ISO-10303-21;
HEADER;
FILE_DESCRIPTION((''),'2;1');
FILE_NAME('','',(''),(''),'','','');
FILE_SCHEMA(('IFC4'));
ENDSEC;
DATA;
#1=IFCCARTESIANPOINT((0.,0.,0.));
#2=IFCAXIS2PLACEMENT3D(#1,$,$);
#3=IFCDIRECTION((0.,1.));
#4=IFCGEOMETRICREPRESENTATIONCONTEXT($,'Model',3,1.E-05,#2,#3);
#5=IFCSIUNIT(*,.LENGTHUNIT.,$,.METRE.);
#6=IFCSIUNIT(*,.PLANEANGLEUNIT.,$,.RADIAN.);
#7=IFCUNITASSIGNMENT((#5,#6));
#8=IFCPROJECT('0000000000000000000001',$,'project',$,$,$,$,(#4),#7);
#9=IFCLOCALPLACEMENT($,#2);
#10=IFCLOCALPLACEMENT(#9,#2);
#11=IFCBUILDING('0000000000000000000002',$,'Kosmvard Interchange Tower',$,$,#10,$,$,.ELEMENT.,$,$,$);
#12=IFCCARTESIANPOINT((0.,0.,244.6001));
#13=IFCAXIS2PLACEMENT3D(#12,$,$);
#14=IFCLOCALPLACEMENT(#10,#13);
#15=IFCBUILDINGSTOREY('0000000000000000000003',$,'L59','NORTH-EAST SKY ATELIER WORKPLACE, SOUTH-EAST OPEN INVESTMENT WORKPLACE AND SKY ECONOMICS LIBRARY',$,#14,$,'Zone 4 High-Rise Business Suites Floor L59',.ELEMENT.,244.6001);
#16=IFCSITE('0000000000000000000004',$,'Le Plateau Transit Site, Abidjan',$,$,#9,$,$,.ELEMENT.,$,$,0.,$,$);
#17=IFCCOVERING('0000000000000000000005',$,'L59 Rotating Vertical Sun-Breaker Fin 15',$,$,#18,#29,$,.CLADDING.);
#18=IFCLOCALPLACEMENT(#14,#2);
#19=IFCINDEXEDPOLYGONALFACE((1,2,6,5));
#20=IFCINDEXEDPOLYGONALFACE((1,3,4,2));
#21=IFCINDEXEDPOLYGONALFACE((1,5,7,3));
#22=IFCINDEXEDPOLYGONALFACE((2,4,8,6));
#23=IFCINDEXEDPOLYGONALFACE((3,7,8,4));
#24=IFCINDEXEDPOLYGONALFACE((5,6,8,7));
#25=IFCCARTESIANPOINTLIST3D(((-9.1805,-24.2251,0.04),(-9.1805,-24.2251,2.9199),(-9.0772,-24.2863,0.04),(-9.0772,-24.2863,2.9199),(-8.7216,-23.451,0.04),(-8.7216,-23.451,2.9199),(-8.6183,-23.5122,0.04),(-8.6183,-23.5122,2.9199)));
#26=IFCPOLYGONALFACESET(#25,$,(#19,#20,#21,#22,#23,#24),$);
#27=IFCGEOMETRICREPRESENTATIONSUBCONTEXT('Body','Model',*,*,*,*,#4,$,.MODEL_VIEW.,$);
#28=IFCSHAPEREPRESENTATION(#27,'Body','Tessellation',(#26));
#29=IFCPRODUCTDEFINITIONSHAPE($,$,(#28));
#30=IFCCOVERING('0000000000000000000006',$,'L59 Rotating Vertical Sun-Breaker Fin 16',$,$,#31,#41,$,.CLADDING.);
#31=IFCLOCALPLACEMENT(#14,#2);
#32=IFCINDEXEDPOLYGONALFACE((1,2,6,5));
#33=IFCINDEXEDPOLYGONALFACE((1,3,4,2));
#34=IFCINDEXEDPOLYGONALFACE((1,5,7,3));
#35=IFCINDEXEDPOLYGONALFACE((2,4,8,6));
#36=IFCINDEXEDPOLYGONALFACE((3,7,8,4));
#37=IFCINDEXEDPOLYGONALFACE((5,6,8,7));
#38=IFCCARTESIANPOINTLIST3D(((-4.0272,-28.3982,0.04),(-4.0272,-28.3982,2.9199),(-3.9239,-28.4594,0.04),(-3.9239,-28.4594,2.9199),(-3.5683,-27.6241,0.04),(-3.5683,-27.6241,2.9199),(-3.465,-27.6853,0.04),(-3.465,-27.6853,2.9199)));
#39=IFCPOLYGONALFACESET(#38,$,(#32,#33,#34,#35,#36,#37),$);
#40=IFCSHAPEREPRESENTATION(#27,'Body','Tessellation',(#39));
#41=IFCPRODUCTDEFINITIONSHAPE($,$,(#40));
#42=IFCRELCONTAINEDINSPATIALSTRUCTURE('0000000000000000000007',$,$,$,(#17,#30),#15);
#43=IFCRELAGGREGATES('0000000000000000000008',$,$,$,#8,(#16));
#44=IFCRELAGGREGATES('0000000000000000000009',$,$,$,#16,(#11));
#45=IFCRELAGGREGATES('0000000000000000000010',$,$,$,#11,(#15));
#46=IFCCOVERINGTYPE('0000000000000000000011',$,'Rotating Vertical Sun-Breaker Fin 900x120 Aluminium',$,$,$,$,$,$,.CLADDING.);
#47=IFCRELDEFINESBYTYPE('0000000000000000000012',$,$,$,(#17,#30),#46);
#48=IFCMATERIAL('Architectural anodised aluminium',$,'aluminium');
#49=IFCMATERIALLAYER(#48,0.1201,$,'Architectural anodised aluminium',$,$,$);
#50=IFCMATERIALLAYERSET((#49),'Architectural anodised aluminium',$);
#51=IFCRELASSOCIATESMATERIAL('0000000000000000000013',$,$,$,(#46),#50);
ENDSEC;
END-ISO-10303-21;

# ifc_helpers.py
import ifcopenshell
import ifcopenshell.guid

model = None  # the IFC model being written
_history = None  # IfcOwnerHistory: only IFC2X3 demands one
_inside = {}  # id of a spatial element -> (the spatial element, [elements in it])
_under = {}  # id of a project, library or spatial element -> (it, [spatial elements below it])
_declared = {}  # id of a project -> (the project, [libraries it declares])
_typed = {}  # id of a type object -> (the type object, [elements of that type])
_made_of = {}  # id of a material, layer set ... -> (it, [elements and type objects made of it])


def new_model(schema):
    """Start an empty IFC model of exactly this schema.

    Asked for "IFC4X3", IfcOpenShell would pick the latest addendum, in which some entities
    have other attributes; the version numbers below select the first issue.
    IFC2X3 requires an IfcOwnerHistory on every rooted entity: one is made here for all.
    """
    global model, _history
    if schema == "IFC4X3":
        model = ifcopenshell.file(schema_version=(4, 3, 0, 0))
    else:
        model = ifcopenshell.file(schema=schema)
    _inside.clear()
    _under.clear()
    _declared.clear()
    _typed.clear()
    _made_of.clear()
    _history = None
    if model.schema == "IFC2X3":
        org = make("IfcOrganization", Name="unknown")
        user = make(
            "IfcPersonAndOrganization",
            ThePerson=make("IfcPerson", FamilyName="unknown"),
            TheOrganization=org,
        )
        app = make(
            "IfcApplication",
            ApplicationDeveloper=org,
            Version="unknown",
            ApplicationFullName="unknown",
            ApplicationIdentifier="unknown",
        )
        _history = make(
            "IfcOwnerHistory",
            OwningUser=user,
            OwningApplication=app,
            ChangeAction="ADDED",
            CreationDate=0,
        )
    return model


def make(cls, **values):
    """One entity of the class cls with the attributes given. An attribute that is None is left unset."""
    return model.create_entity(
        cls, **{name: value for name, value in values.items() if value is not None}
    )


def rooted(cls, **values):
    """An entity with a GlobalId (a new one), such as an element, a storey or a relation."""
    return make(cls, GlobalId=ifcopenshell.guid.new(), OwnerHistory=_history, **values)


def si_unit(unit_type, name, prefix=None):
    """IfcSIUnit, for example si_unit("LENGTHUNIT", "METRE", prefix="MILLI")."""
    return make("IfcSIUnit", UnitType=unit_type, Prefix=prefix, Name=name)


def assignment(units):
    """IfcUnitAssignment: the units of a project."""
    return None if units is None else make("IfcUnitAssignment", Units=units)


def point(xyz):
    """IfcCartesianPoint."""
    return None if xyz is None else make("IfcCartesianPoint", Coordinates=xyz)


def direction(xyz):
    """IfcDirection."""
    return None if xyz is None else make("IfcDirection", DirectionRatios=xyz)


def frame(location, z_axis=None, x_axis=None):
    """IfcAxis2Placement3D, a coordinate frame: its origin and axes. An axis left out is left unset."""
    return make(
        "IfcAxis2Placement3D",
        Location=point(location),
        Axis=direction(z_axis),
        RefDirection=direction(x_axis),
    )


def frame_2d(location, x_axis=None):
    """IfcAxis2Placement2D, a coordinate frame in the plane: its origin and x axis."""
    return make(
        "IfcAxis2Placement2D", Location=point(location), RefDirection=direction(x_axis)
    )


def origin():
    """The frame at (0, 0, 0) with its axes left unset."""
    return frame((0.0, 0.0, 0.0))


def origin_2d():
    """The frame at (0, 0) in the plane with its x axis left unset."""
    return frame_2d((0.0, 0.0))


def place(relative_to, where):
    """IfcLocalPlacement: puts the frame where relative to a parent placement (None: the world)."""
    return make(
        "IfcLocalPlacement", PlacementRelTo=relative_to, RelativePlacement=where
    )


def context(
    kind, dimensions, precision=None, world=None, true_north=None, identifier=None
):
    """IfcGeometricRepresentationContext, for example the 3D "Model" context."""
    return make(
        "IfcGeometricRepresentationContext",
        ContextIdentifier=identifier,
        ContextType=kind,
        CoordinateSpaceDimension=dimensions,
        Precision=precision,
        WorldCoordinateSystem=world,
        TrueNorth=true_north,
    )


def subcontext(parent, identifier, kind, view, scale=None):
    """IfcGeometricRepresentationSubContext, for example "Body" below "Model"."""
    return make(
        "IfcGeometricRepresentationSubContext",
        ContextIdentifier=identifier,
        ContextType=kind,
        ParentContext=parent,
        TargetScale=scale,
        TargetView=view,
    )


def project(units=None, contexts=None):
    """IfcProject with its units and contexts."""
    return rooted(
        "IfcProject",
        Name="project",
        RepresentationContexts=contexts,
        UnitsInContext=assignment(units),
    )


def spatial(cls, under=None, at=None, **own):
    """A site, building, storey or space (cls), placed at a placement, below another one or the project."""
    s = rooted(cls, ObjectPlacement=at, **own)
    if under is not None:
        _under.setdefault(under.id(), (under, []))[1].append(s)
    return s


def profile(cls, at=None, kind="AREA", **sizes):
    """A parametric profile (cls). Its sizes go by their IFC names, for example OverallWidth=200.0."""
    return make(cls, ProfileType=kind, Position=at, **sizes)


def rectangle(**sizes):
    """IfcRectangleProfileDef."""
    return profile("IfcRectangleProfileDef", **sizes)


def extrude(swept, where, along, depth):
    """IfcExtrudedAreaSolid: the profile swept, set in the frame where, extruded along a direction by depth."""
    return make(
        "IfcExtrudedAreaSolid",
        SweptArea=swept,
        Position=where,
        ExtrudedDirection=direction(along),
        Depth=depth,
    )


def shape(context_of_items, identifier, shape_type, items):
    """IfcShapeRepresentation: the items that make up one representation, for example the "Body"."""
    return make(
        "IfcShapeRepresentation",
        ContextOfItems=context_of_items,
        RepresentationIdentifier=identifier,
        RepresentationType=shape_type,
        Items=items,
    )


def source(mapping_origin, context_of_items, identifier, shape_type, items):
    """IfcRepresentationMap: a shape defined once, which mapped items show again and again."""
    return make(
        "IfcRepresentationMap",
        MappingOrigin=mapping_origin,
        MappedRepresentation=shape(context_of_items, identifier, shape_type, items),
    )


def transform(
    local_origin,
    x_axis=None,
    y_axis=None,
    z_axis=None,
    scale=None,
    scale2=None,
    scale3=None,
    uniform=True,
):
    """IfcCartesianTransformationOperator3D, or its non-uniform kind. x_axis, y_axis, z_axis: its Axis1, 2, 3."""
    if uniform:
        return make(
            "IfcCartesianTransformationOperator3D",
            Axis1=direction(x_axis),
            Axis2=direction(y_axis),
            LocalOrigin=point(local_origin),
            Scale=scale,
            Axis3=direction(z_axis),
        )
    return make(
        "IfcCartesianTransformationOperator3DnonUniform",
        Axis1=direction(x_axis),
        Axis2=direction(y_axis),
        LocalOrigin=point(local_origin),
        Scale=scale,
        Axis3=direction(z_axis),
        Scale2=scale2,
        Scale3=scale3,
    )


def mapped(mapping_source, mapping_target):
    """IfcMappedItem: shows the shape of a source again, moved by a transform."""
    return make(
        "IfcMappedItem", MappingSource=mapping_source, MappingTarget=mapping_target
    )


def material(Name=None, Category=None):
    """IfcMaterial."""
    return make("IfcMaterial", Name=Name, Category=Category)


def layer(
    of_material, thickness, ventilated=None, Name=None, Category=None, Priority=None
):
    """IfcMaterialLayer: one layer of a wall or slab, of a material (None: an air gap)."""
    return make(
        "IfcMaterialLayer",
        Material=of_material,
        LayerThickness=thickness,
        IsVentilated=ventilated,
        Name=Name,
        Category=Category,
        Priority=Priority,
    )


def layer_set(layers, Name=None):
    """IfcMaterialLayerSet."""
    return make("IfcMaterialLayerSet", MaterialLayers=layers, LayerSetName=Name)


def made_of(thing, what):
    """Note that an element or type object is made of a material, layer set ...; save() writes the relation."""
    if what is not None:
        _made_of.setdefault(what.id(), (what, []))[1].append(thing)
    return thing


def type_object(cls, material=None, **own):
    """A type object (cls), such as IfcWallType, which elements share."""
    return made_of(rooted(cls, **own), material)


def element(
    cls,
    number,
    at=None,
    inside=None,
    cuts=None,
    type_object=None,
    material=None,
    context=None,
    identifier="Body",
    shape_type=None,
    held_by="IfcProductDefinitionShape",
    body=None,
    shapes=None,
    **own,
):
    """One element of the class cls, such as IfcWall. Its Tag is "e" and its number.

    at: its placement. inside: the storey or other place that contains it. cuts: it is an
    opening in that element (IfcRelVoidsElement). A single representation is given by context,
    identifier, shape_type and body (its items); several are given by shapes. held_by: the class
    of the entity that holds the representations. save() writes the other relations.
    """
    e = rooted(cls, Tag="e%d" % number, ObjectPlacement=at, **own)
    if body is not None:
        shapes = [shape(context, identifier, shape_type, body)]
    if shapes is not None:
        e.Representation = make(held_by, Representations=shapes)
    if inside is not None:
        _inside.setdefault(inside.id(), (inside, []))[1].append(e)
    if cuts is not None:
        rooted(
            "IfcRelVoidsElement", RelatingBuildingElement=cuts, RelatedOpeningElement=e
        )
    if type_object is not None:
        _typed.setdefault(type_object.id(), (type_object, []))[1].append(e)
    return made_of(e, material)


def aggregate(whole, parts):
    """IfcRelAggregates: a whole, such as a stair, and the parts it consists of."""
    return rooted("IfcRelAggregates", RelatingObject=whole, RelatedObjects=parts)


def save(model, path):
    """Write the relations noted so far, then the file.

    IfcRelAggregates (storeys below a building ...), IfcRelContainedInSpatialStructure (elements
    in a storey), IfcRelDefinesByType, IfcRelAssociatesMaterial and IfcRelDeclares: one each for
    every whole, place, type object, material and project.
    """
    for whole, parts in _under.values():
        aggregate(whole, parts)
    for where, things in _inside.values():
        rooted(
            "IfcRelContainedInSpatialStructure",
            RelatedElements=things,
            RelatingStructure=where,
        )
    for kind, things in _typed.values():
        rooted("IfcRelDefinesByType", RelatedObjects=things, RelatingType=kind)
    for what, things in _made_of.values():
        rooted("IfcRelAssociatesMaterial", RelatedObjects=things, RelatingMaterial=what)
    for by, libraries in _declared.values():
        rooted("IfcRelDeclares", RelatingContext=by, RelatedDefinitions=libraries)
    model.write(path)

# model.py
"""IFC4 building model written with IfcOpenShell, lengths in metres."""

from ifc_helpers import new_model, si_unit, direction, frame, origin, origin_2d, place, context, subcontext, project, spatial, rectangle, extrude, source, transform, mapped, material, layer, layer_set, type_object, element, save


model = new_model("IFC4")

# Units and contexts
model_context = context("Model", 3, precision=1e-05, world=origin(), true_north=direction((0.0, 1.0)))
body_context = subcontext(model_context, "Body", "Model", "MODEL_VIEW")
ifc_project = project(units=[si_unit("LENGTHUNIT", "METRE"), si_unit("PLANEANGLEUNIT", "RADIAN")], contexts=[model_context])

# Site, building, storey
site_placement = place(None, origin())
site = spatial("IfcSite", under=ifc_project, at=site_placement, Name="Le Plateau Transit Site, Abidjan", CompositionType="ELEMENT", RefElevation=0.0)
building_placement = place(site_placement, origin())
building = spatial("IfcBuilding", under=site, at=building_placement, Name="Kosmvard Interchange Tower", CompositionType="ELEMENT")
storey_placement = place(building_placement, frame((0.0, 0.0, 244.6001)))
storey = spatial("IfcBuildingStorey", under=building, at=storey_placement, Name="L59", Description="NORTH-EAST SKY ATELIER WORKPLACE, SOUTH-EAST OPEN INVESTMENT WORKPLACE AND SKY ECONOMICS LIBRARY", LongName="Zone 4 High-Rise Business Suites Floor L59", CompositionType="ELEMENT", Elevation=244.6001)

# Coverings
ifc_material_1 = material(Name="Architectural anodised aluminium", Category="aluminium")
ifc_layer_1 = layer(ifc_material_1, 0.1201, Name="Architectural anodised aluminium")
ifc_layer_set_1 = layer_set([ifc_layer_1], Name="Architectural anodised aluminium")
covering_type = type_object("IfcCoveringType", Name="Rotating Vertical Sun-Breaker Fin 900x120 Aluminium", PredefinedType="CLADDING", material=ifc_layer_set_1)
shared_shape_1 = source(origin(), body_context, "Body", "SweptSolid", [
    extrude(rectangle(XDim=0.8999, YDim=0.1201, at=origin_2d()), origin(), (0.0, 0.0, 1.0), 2.8799),
])
for number, where, z_axis, x_axis, name in (
    (1, (-8.8994, -23.8687, 0.04), (0.0, 0.0, 1.0), (-0.509943, -0.860208, 0.0), "L59 Rotating Vertical Sun-Breaker Fin 15"),
    (2, (-3.7461, -28.0417, 0.04), (0.0, 0.0, 1.0), (-0.509943, -0.860208, 0.0), "L59 Rotating Vertical Sun-Breaker Fin 16"),
):
    element("IfcCovering", number, at=place(storey_placement, frame(where, z_axis=z_axis, x_axis=x_axis)), inside=storey, type_object=covering_type, Name=name, PredefinedType="CLADDING", context=body_context, shape_type="MappedRepresentation", body=[
        mapped(shared_shape_1, transform((0.0, 0.0, 0.0), scale=1.0)),
    ])

save(model, "model.ifc")
